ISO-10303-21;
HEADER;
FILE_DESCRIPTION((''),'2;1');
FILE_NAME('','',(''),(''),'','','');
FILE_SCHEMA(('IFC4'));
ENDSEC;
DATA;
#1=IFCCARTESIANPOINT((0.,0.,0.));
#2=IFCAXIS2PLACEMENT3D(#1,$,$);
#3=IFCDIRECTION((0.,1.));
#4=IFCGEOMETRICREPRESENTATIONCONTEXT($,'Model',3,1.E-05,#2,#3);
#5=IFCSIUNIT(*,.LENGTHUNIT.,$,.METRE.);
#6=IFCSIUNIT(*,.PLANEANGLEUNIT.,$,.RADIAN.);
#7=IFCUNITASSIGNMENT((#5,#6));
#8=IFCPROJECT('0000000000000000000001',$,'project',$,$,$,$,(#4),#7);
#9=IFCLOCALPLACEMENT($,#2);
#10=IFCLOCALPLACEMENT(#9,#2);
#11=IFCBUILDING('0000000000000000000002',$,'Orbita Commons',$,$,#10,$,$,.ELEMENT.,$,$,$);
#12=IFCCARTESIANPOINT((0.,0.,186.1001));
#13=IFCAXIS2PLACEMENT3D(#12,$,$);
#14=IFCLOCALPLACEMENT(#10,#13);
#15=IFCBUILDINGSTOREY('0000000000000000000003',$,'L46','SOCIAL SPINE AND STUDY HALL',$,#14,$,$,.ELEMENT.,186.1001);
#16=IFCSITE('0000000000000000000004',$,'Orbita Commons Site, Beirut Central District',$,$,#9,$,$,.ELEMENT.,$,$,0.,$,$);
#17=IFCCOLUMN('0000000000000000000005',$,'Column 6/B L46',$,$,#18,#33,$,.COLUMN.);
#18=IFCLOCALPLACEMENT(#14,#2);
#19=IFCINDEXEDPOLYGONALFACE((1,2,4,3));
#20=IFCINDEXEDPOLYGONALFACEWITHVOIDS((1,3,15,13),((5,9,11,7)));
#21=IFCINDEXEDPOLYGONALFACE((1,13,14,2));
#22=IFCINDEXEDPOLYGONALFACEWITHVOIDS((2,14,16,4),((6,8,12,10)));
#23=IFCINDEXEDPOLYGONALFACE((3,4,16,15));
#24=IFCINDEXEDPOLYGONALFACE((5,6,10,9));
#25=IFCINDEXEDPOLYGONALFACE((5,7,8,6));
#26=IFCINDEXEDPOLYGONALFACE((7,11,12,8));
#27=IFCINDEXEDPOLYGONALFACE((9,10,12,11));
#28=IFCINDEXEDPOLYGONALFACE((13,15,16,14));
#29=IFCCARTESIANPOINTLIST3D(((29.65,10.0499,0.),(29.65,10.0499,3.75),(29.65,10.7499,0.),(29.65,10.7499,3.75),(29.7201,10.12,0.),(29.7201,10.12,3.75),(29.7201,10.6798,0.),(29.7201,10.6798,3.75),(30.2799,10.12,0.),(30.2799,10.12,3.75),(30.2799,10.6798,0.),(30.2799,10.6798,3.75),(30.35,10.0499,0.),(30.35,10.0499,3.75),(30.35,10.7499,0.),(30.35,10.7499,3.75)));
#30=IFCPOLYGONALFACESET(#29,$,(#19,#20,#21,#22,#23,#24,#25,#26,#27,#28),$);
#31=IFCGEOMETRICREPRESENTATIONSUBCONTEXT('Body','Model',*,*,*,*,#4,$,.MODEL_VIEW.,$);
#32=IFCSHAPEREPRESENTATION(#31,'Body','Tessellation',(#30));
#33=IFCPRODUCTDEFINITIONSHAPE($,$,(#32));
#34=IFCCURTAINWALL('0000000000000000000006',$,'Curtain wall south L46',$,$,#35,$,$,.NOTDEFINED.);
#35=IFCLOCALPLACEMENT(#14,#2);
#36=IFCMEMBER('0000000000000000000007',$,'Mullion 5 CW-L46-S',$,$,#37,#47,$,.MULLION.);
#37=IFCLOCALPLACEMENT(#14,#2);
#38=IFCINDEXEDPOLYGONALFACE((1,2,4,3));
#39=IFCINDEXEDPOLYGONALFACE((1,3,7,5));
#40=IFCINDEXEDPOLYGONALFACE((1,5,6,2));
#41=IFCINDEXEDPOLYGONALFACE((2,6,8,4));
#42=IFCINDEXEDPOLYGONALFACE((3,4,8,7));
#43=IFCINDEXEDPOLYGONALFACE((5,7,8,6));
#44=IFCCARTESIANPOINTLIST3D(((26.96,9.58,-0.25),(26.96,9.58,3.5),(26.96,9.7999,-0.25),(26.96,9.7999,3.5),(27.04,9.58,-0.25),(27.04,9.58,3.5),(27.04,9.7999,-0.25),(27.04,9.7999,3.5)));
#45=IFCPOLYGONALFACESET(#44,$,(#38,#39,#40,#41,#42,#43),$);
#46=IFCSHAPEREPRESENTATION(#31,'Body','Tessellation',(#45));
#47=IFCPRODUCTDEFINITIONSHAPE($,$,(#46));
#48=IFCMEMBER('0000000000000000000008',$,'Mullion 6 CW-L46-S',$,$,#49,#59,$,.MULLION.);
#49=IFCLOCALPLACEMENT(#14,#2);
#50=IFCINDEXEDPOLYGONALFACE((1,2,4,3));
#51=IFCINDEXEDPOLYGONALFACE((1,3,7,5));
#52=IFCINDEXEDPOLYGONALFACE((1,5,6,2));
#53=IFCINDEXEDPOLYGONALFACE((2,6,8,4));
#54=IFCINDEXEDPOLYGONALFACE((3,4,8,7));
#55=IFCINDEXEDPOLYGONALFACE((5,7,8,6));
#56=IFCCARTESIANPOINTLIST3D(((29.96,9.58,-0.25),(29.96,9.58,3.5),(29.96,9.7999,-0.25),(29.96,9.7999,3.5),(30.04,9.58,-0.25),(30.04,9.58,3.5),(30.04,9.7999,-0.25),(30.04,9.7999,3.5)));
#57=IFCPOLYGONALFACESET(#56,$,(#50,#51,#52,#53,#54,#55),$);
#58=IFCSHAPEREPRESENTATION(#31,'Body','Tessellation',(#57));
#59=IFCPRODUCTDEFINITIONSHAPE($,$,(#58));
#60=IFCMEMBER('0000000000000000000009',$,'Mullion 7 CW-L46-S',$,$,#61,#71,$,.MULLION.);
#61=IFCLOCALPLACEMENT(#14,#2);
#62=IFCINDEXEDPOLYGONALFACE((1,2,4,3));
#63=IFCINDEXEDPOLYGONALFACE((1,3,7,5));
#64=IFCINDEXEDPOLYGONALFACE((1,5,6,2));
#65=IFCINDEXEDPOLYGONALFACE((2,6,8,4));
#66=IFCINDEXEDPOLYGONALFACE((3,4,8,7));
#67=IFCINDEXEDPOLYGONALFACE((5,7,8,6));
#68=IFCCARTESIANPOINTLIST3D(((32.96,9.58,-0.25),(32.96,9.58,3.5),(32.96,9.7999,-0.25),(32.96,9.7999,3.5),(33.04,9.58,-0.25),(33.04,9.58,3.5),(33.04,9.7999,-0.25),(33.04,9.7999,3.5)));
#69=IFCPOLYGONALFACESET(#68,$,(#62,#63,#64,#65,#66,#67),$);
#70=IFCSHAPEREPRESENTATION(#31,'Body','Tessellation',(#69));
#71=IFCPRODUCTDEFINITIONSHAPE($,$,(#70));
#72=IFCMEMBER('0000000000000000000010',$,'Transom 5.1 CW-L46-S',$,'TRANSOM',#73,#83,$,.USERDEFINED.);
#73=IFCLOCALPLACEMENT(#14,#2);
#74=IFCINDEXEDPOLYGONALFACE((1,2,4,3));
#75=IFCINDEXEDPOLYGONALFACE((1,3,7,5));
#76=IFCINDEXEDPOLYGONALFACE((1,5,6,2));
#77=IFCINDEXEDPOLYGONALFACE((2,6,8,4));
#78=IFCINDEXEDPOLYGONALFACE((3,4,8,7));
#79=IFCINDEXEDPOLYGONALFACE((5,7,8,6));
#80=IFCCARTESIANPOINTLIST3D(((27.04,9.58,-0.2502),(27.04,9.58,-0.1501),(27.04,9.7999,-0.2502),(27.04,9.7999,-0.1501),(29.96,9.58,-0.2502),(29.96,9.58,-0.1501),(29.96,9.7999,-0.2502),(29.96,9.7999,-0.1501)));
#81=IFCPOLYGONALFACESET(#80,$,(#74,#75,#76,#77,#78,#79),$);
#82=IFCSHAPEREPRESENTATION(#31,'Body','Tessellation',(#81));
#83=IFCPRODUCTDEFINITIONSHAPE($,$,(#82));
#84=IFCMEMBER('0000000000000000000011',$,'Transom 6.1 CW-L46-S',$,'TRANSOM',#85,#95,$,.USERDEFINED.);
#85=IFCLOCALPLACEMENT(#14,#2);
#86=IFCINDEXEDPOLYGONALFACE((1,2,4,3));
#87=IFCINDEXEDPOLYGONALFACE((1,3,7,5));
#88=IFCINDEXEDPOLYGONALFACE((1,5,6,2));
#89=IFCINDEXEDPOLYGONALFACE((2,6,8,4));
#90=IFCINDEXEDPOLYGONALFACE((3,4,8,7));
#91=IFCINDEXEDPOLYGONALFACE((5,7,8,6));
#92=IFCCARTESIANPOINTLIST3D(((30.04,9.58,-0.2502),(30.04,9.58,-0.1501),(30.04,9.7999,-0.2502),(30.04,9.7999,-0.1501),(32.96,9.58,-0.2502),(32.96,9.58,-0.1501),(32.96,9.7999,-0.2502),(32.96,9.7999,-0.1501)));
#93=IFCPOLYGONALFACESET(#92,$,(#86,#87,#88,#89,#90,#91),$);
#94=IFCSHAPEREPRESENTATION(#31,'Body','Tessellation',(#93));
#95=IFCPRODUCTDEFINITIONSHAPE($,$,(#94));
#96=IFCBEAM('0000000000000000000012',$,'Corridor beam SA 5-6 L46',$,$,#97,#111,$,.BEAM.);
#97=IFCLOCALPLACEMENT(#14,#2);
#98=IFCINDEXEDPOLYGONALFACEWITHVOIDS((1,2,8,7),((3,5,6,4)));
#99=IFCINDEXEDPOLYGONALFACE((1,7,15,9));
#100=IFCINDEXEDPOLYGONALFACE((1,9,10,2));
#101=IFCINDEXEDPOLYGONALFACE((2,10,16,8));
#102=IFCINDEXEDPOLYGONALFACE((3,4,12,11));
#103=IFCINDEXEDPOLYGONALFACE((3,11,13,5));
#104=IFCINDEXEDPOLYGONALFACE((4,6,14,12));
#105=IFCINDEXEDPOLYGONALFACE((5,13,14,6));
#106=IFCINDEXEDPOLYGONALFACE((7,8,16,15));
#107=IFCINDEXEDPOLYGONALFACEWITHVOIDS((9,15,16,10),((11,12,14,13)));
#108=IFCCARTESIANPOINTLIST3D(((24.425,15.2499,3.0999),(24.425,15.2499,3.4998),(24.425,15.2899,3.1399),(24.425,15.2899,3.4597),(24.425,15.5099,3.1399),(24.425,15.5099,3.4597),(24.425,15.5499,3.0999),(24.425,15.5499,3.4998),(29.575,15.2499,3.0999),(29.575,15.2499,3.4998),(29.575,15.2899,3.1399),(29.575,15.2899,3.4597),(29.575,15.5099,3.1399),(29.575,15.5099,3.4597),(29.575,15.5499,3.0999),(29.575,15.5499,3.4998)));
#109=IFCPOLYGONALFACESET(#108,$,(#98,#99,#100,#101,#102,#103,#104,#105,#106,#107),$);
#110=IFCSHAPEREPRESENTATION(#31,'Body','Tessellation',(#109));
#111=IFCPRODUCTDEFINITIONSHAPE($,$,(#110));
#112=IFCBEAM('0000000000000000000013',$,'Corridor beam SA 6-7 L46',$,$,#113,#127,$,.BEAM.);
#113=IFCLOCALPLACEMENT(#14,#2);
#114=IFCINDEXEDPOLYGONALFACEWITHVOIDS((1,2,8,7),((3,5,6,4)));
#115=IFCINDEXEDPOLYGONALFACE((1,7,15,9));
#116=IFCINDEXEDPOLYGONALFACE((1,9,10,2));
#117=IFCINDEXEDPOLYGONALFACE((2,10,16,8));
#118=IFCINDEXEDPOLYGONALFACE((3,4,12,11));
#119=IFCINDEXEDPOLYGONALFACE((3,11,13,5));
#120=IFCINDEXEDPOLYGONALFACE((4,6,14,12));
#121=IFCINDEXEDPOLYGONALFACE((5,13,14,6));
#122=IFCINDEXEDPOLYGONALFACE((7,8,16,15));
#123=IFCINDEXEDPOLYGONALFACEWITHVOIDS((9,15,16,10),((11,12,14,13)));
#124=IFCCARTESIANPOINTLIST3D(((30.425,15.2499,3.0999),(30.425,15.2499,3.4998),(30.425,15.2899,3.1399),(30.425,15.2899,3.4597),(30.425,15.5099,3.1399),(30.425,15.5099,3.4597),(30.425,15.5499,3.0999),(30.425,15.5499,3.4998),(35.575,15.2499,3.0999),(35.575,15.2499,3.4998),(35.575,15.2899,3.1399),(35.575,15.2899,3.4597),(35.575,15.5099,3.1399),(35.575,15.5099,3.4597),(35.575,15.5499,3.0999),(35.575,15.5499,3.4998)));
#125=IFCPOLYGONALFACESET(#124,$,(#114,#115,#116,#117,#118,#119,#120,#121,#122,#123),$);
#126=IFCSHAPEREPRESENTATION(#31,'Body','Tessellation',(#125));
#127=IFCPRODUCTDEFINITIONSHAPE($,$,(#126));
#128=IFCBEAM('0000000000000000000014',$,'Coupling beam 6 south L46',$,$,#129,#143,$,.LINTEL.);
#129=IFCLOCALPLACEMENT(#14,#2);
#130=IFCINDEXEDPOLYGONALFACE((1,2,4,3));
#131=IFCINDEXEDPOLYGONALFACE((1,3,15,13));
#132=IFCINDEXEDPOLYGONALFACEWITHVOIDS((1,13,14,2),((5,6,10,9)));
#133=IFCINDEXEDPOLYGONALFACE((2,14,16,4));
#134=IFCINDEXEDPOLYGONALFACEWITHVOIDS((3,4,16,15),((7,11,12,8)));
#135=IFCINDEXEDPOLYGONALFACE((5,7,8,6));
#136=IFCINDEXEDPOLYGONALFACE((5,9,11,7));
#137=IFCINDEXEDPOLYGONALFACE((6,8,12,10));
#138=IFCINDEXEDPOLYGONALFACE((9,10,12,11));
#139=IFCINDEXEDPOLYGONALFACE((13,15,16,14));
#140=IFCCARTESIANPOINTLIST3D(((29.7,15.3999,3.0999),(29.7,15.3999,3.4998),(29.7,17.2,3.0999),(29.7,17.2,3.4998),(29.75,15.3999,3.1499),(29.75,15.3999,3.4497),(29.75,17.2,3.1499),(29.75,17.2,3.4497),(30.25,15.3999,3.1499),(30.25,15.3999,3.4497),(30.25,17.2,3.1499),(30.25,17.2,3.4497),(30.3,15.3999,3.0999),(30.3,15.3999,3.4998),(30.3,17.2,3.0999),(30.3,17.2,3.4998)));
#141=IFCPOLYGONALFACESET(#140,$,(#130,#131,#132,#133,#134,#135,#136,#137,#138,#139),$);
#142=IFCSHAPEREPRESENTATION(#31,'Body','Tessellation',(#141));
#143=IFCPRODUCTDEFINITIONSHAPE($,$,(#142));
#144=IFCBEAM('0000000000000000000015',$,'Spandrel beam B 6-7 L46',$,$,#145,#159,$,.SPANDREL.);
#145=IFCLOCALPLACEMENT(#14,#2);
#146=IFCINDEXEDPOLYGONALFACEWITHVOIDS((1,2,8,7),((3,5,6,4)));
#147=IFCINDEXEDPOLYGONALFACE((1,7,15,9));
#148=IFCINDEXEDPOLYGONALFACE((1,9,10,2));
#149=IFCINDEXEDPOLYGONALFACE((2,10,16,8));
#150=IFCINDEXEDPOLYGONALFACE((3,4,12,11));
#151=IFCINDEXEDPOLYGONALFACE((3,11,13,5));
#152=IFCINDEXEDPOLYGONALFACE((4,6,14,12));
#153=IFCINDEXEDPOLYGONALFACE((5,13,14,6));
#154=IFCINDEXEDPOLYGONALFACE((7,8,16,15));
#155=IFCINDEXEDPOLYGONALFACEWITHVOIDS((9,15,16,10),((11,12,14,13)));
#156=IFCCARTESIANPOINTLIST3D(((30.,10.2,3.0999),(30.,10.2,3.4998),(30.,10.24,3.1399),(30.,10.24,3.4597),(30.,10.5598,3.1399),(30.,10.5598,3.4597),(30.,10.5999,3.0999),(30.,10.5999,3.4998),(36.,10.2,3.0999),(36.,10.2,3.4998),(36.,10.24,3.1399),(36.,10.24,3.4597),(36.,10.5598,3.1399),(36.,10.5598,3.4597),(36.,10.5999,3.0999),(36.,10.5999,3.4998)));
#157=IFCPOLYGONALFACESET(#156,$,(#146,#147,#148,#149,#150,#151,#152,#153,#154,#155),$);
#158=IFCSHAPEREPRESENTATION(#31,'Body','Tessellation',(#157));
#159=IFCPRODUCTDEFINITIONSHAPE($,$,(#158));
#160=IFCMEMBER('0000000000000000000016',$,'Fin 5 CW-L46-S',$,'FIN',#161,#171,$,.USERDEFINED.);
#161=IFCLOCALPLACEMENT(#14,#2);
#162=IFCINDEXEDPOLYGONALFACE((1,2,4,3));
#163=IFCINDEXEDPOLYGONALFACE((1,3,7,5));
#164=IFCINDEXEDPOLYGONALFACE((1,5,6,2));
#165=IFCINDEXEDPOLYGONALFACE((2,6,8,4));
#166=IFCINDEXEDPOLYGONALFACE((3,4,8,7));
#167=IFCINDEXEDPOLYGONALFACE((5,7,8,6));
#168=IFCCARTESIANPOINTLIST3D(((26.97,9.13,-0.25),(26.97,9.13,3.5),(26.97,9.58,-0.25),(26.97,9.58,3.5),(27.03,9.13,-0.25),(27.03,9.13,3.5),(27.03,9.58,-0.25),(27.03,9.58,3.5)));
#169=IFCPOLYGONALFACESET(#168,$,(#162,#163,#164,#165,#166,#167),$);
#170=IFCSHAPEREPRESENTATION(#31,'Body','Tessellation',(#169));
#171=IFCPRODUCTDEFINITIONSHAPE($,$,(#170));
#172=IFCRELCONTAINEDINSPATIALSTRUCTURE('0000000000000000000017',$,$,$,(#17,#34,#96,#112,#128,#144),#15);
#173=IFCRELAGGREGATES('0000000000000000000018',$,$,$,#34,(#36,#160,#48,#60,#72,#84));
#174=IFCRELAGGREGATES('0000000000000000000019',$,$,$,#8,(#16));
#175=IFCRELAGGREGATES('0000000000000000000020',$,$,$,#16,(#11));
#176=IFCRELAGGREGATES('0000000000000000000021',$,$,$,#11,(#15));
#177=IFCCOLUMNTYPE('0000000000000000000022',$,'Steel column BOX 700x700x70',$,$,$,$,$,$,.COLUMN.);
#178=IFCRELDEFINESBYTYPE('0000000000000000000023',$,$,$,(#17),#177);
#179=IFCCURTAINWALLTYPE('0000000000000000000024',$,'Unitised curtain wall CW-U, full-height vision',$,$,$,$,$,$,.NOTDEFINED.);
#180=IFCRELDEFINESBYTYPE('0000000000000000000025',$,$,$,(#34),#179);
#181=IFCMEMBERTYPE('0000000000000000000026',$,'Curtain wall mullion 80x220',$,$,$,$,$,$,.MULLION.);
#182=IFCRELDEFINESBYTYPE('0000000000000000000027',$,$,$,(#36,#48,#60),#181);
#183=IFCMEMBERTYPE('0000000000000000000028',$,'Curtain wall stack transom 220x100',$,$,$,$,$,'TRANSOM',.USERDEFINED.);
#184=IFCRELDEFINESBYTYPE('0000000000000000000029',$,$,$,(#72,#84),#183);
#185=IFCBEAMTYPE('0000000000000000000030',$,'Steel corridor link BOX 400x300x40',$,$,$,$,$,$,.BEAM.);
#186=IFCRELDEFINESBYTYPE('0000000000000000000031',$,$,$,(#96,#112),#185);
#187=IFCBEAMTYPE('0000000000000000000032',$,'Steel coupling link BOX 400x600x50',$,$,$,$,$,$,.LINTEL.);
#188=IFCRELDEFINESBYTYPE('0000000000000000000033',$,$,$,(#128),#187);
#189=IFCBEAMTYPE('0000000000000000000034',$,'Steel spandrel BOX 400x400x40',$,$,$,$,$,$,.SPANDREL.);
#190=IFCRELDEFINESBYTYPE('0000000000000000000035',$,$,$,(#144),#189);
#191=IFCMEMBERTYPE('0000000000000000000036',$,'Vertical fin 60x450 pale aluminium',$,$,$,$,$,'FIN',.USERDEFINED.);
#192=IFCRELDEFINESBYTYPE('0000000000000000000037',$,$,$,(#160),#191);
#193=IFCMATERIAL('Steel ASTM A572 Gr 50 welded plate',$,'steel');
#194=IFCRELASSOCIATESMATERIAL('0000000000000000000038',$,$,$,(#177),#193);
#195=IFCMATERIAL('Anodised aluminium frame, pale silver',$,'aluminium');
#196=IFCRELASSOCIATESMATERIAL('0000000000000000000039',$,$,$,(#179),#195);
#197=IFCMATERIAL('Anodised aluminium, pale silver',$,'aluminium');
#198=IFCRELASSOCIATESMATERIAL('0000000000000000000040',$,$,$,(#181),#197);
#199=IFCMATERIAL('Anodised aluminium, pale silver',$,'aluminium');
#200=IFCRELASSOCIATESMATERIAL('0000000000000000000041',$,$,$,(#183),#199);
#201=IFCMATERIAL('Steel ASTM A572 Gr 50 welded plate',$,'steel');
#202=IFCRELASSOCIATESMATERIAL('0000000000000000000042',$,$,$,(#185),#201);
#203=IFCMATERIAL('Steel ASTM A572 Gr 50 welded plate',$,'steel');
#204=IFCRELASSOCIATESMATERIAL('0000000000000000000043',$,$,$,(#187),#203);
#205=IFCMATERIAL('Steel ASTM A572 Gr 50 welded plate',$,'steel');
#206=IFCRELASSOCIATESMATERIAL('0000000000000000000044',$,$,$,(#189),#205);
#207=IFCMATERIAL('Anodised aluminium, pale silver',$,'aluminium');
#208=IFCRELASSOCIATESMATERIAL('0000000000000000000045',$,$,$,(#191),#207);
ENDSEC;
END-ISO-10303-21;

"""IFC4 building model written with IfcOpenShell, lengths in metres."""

from ifc_helpers import new_model, si_unit, direction, frame, origin, origin_2d, place, context, subcontext, project, spatial, rectangle, hollow_rectangle, extrude, material, material_profile, profile_set, type_object, element, aggregate, save


model = new_model("IFC4")

# Units and contexts
model_context = context("Model", 3, precision=1e-05, world=origin(), true_north=direction((0.0, 1.0)))
body_context = subcontext(model_context, "Body", "Model", "MODEL_VIEW")
ifc_project = project(units=[si_unit("LENGTHUNIT", "METRE"), si_unit("PLANEANGLEUNIT", "RADIAN")], contexts=[model_context])

# Site, building, storey
site_placement = place(None, origin())
site = spatial("IfcSite", under=ifc_project, at=site_placement, Name="Orbita Commons Site, Beirut Central District", CompositionType="ELEMENT", RefElevation=0.0)
building_placement = place(site_placement, origin())
building = spatial("IfcBuilding", under=site, at=building_placement, Name="Orbita Commons", CompositionType="ELEMENT")
storey_placement = place(building_placement, frame((0.0, 0.0, 186.1001)))
storey = spatial("IfcBuildingStorey", under=building, at=storey_placement, Name="L46", Description="SOCIAL SPINE AND STUDY HALL", CompositionType="ELEMENT", Elevation=186.1001)

# Column
ifc_material_1 = material(Name="Steel ASTM A572 Gr 50 welded plate", Category="steel")
ifc_material_profile_1 = material_profile(ifc_material_1, hollow_rectangle(XDim=0.7, YDim=0.7, WallThickness=0.0701, at=origin_2d()), Name="BOX 700x700x70")
ifc_profile_set_1 = profile_set([ifc_material_profile_1], Name="Steel ASTM A572 Gr 50 welded plate")
column_type = type_object("IfcColumnType", Name="Steel column BOX 700x700x70", PredefinedType="COLUMN", material=ifc_profile_set_1)
column_placement = place(storey_placement, frame((30.0, 10.3999, 0.0), z_axis=(0.0, 0.0, 1.0), x_axis=(1.0, 0.0, 0.0)))
element("IfcColumn", 1, at=column_placement, inside=storey, type_object=column_type, Name="Column 6/B L46", PredefinedType="COLUMN", context=body_context, shape_type="SweptSolid", body=[
    extrude(hollow_rectangle(XDim=0.7, YDim=0.7, WallThickness=0.0701, at=origin_2d()), origin(), (0.0, 0.0, 1.0), 3.75),
])

# Curtain wall, members
ifc_material_2 = material(Name="Anodised aluminium frame, pale silver", Category="aluminium")
curtain_wall_type = type_object("IfcCurtainWallType", Name="Unitised curtain wall CW-U, full-height vision", PredefinedType="NOTDEFINED", material=ifc_material_2)
curtain_wall_placement = place(storey_placement, origin())
curtain_wall = element("IfcCurtainWall", 2, at=curtain_wall_placement, inside=storey, type_object=curtain_wall_type, Name="Curtain wall south L46", PredefinedType="NOTDEFINED")
ifc_material_3 = material(Name="Anodised aluminium, pale silver", Category="aluminium")
ifc_material_profile_2 = material_profile(ifc_material_3, rectangle(XDim=0.0801, YDim=0.22, at=origin_2d()), Name="AL 80x220")
ifc_profile_set_2 = profile_set([ifc_material_profile_2], Name="Anodised aluminium, pale silver")
member_type_1 = type_object("IfcMemberType", Name="Curtain wall mullion 80x220", PredefinedType="MULLION", material=ifc_profile_set_2)
member_1_placement = place(storey_placement, frame((27.0, 9.6899, -0.25), z_axis=(0.0, 0.0, 1.0), x_axis=(1.0, 0.0, 0.0)))
member_1 = element("IfcMember", 3, at=member_1_placement, type_object=member_type_1, Name="Mullion 5 CW-L46-S", PredefinedType="MULLION", context=body_context, shape_type="SweptSolid", body=[
    extrude(rectangle(XDim=0.0801, YDim=0.22, at=origin_2d()), origin(), (0.0, 0.0, 1.0), 3.75),
])
member_2_placement = place(storey_placement, frame((30.0, 9.6899, -0.25), z_axis=(0.0, 0.0, 1.0), x_axis=(1.0, 0.0, 0.0)))
member_2 = element("IfcMember", 4, at=member_2_placement, type_object=member_type_1, Name="Mullion 6 CW-L46-S", PredefinedType="MULLION", context=body_context, shape_type="SweptSolid", body=[
    extrude(rectangle(XDim=0.0801, YDim=0.22, at=origin_2d()), origin(), (0.0, 0.0, 1.0), 3.75),
])
member_3_placement = place(storey_placement, frame((33.0, 9.6899, -0.25), z_axis=(0.0, 0.0, 1.0), x_axis=(1.0, 0.0, 0.0)))
member_3 = element("IfcMember", 5, at=member_3_placement, type_object=member_type_1, Name="Mullion 7 CW-L46-S", PredefinedType="MULLION", context=body_context, shape_type="SweptSolid", body=[
    extrude(rectangle(XDim=0.0801, YDim=0.22, at=origin_2d()), origin(), (0.0, 0.0, 1.0), 3.75),
])
ifc_material_4 = material(Name="Anodised aluminium, pale silver", Category="aluminium")
ifc_material_profile_3 = material_profile(ifc_material_4, rectangle(XDim=0.22, YDim=0.1001, at=origin_2d()), Name="AL 220x100")
ifc_profile_set_3 = profile_set([ifc_material_profile_3], Name="Anodised aluminium, pale silver")
member_type_2 = type_object("IfcMemberType", Name="Curtain wall stack transom 220x100", ElementType="TRANSOM", PredefinedType="USERDEFINED", material=ifc_profile_set_3)
member_4_placement = place(storey_placement, frame((27.04, 9.6899, -0.2002), z_axis=(1.0, 0.0, 0.0), x_axis=(0.0, 1.0, 0.0)))
member_4 = element("IfcMember", 6, at=member_4_placement, type_object=member_type_2, Name="Transom 5.1 CW-L46-S", ObjectType="TRANSOM", PredefinedType="USERDEFINED", context=body_context, shape_type="SweptSolid", body=[
    extrude(rectangle(XDim=0.22, YDim=0.1001, at=origin_2d()), origin(), (0.0, 0.0, 1.0), 2.9199),
])
member_5_placement = place(storey_placement, frame((30.04, 9.6899, -0.2002), z_axis=(1.0, 0.0, 0.0), x_axis=(0.0, 1.0, 0.0)))
member_5 = element("IfcMember", 7, at=member_5_placement, type_object=member_type_2, Name="Transom 6.1 CW-L46-S", ObjectType="TRANSOM", PredefinedType="USERDEFINED", context=body_context, shape_type="SweptSolid", body=[
    extrude(rectangle(XDim=0.22, YDim=0.1001, at=origin_2d()), origin(), (0.0, 0.0, 1.0), 2.9199),
])

# Beams
ifc_material_5 = material(Name="Steel ASTM A572 Gr 50 welded plate", Category="steel")
ifc_material_profile_4 = material_profile(ifc_material_5, hollow_rectangle(XDim=0.3, YDim=0.3999, WallThickness=0.04, at=origin_2d()), Name="BOX 400x300x40")
ifc_profile_set_4 = profile_set([ifc_material_profile_4], Name="Steel ASTM A572 Gr 50 welded plate")
beam_type_1 = type_object("IfcBeamType", Name="Steel corridor link BOX 400x300x40", PredefinedType="BEAM", material=ifc_profile_set_4)
for number, where, z_axis, x_axis, name in (
    (8, (24.425, 15.3999, 3.2998), (1.0, 0.0, 0.0), (0.0, 1.0, 0.0), "Corridor beam SA 5-6 L46"),
    (9, (30.425, 15.3999, 3.2998), (1.0, 0.0, 0.0), (0.0, 1.0, 0.0), "Corridor beam SA 6-7 L46"),
):
    element("IfcBeam", number, at=place(storey_placement, frame(where, z_axis=z_axis, x_axis=x_axis)), inside=storey, type_object=beam_type_1, Name=name, PredefinedType="BEAM", context=body_context, shape_type="SweptSolid", body=[
        extrude(hollow_rectangle(XDim=0.3, YDim=0.3999, WallThickness=0.04, at=origin_2d()), origin(), (0.0, 0.0, 1.0), 5.1499),
    ])
ifc_material_6 = material(Name="Steel ASTM A572 Gr 50 welded plate", Category="steel")
ifc_material_profile_5 = material_profile(ifc_material_6, hollow_rectangle(XDim=0.6001, YDim=0.3999, WallThickness=0.05, at=origin_2d()), Name="BOX 400x600x50")
ifc_profile_set_5 = profile_set([ifc_material_profile_5], Name="Steel ASTM A572 Gr 50 welded plate")
beam_type_2 = type_object("IfcBeamType", Name="Steel coupling link BOX 400x600x50", PredefinedType="LINTEL", material=ifc_profile_set_5)
beam_1_placement = place(storey_placement, frame((30.0, 15.3999, 3.2998), z_axis=(0.0, 1.0, 0.0), x_axis=(-1.0, 0.0, 0.0)))
element("IfcBeam", 10, at=beam_1_placement, inside=storey, type_object=beam_type_2, Name="Coupling beam 6 south L46", PredefinedType="LINTEL", context=body_context, shape_type="SweptSolid", body=[
    extrude(hollow_rectangle(XDim=0.6001, YDim=0.3999, WallThickness=0.05, at=origin_2d()), origin(), (0.0, 0.0, 1.0), 1.8),
])
ifc_material_7 = material(Name="Steel ASTM A572 Gr 50 welded plate", Category="steel")
ifc_material_profile_6 = material_profile(ifc_material_7, hollow_rectangle(XDim=0.3999, YDim=0.3999, WallThickness=0.04, at=origin_2d()), Name="BOX 400x400x40")
ifc_profile_set_6 = profile_set([ifc_material_profile_6], Name="Steel ASTM A572 Gr 50 welded plate")
beam_type_3 = type_object("IfcBeamType", Name="Steel spandrel BOX 400x400x40", PredefinedType="SPANDREL", material=ifc_profile_set_6)
beam_2_placement = place(storey_placement, frame((30.0, 10.3999, 3.2998), z_axis=(1.0, 0.0, 0.0), x_axis=(0.0, 1.0, 0.0)))
element("IfcBeam", 11, at=beam_2_placement, inside=storey, type_object=beam_type_3, Name="Spandrel beam B 6-7 L46", PredefinedType="SPANDREL", context=body_context, shape_type="SweptSolid", body=[
    extrude(hollow_rectangle(XDim=0.3999, YDim=0.3999, WallThickness=0.04, at=origin_2d()), origin(), (0.0, 0.0, 1.0), 6.0),
])

# Member
ifc_material_8 = material(Name="Anodised aluminium, pale silver", Category="aluminium")
ifc_material_profile_7 = material_profile(ifc_material_8, rectangle(XDim=0.0601, YDim=0.45, at=origin_2d()), Name="FIN 60x450")
ifc_profile_set_7 = profile_set([ifc_material_profile_7], Name="Anodised aluminium, pale silver")
member_type_3 = type_object("IfcMemberType", Name="Vertical fin 60x450 pale aluminium", ElementType="FIN", PredefinedType="USERDEFINED", material=ifc_profile_set_7)
member_6_placement = place(storey_placement, frame((27.0, 9.355, -0.25), z_axis=(0.0, 0.0, 1.0), x_axis=(1.0, 0.0, 0.0)))
member_6 = element("IfcMember", 12, at=member_6_placement, type_object=member_type_3, Name="Fin 5 CW-L46-S", ObjectType="FIN", PredefinedType="USERDEFINED", context=body_context, shape_type="SweptSolid", body=[
    extrude(rectangle(XDim=0.0601, YDim=0.45, at=origin_2d()), origin(), (0.0, 0.0, 1.0), 3.75),
])

aggregate(curtain_wall, [member_1, member_6, member_2, member_3, member_4, member_5])

save(model, "model.ifc")
